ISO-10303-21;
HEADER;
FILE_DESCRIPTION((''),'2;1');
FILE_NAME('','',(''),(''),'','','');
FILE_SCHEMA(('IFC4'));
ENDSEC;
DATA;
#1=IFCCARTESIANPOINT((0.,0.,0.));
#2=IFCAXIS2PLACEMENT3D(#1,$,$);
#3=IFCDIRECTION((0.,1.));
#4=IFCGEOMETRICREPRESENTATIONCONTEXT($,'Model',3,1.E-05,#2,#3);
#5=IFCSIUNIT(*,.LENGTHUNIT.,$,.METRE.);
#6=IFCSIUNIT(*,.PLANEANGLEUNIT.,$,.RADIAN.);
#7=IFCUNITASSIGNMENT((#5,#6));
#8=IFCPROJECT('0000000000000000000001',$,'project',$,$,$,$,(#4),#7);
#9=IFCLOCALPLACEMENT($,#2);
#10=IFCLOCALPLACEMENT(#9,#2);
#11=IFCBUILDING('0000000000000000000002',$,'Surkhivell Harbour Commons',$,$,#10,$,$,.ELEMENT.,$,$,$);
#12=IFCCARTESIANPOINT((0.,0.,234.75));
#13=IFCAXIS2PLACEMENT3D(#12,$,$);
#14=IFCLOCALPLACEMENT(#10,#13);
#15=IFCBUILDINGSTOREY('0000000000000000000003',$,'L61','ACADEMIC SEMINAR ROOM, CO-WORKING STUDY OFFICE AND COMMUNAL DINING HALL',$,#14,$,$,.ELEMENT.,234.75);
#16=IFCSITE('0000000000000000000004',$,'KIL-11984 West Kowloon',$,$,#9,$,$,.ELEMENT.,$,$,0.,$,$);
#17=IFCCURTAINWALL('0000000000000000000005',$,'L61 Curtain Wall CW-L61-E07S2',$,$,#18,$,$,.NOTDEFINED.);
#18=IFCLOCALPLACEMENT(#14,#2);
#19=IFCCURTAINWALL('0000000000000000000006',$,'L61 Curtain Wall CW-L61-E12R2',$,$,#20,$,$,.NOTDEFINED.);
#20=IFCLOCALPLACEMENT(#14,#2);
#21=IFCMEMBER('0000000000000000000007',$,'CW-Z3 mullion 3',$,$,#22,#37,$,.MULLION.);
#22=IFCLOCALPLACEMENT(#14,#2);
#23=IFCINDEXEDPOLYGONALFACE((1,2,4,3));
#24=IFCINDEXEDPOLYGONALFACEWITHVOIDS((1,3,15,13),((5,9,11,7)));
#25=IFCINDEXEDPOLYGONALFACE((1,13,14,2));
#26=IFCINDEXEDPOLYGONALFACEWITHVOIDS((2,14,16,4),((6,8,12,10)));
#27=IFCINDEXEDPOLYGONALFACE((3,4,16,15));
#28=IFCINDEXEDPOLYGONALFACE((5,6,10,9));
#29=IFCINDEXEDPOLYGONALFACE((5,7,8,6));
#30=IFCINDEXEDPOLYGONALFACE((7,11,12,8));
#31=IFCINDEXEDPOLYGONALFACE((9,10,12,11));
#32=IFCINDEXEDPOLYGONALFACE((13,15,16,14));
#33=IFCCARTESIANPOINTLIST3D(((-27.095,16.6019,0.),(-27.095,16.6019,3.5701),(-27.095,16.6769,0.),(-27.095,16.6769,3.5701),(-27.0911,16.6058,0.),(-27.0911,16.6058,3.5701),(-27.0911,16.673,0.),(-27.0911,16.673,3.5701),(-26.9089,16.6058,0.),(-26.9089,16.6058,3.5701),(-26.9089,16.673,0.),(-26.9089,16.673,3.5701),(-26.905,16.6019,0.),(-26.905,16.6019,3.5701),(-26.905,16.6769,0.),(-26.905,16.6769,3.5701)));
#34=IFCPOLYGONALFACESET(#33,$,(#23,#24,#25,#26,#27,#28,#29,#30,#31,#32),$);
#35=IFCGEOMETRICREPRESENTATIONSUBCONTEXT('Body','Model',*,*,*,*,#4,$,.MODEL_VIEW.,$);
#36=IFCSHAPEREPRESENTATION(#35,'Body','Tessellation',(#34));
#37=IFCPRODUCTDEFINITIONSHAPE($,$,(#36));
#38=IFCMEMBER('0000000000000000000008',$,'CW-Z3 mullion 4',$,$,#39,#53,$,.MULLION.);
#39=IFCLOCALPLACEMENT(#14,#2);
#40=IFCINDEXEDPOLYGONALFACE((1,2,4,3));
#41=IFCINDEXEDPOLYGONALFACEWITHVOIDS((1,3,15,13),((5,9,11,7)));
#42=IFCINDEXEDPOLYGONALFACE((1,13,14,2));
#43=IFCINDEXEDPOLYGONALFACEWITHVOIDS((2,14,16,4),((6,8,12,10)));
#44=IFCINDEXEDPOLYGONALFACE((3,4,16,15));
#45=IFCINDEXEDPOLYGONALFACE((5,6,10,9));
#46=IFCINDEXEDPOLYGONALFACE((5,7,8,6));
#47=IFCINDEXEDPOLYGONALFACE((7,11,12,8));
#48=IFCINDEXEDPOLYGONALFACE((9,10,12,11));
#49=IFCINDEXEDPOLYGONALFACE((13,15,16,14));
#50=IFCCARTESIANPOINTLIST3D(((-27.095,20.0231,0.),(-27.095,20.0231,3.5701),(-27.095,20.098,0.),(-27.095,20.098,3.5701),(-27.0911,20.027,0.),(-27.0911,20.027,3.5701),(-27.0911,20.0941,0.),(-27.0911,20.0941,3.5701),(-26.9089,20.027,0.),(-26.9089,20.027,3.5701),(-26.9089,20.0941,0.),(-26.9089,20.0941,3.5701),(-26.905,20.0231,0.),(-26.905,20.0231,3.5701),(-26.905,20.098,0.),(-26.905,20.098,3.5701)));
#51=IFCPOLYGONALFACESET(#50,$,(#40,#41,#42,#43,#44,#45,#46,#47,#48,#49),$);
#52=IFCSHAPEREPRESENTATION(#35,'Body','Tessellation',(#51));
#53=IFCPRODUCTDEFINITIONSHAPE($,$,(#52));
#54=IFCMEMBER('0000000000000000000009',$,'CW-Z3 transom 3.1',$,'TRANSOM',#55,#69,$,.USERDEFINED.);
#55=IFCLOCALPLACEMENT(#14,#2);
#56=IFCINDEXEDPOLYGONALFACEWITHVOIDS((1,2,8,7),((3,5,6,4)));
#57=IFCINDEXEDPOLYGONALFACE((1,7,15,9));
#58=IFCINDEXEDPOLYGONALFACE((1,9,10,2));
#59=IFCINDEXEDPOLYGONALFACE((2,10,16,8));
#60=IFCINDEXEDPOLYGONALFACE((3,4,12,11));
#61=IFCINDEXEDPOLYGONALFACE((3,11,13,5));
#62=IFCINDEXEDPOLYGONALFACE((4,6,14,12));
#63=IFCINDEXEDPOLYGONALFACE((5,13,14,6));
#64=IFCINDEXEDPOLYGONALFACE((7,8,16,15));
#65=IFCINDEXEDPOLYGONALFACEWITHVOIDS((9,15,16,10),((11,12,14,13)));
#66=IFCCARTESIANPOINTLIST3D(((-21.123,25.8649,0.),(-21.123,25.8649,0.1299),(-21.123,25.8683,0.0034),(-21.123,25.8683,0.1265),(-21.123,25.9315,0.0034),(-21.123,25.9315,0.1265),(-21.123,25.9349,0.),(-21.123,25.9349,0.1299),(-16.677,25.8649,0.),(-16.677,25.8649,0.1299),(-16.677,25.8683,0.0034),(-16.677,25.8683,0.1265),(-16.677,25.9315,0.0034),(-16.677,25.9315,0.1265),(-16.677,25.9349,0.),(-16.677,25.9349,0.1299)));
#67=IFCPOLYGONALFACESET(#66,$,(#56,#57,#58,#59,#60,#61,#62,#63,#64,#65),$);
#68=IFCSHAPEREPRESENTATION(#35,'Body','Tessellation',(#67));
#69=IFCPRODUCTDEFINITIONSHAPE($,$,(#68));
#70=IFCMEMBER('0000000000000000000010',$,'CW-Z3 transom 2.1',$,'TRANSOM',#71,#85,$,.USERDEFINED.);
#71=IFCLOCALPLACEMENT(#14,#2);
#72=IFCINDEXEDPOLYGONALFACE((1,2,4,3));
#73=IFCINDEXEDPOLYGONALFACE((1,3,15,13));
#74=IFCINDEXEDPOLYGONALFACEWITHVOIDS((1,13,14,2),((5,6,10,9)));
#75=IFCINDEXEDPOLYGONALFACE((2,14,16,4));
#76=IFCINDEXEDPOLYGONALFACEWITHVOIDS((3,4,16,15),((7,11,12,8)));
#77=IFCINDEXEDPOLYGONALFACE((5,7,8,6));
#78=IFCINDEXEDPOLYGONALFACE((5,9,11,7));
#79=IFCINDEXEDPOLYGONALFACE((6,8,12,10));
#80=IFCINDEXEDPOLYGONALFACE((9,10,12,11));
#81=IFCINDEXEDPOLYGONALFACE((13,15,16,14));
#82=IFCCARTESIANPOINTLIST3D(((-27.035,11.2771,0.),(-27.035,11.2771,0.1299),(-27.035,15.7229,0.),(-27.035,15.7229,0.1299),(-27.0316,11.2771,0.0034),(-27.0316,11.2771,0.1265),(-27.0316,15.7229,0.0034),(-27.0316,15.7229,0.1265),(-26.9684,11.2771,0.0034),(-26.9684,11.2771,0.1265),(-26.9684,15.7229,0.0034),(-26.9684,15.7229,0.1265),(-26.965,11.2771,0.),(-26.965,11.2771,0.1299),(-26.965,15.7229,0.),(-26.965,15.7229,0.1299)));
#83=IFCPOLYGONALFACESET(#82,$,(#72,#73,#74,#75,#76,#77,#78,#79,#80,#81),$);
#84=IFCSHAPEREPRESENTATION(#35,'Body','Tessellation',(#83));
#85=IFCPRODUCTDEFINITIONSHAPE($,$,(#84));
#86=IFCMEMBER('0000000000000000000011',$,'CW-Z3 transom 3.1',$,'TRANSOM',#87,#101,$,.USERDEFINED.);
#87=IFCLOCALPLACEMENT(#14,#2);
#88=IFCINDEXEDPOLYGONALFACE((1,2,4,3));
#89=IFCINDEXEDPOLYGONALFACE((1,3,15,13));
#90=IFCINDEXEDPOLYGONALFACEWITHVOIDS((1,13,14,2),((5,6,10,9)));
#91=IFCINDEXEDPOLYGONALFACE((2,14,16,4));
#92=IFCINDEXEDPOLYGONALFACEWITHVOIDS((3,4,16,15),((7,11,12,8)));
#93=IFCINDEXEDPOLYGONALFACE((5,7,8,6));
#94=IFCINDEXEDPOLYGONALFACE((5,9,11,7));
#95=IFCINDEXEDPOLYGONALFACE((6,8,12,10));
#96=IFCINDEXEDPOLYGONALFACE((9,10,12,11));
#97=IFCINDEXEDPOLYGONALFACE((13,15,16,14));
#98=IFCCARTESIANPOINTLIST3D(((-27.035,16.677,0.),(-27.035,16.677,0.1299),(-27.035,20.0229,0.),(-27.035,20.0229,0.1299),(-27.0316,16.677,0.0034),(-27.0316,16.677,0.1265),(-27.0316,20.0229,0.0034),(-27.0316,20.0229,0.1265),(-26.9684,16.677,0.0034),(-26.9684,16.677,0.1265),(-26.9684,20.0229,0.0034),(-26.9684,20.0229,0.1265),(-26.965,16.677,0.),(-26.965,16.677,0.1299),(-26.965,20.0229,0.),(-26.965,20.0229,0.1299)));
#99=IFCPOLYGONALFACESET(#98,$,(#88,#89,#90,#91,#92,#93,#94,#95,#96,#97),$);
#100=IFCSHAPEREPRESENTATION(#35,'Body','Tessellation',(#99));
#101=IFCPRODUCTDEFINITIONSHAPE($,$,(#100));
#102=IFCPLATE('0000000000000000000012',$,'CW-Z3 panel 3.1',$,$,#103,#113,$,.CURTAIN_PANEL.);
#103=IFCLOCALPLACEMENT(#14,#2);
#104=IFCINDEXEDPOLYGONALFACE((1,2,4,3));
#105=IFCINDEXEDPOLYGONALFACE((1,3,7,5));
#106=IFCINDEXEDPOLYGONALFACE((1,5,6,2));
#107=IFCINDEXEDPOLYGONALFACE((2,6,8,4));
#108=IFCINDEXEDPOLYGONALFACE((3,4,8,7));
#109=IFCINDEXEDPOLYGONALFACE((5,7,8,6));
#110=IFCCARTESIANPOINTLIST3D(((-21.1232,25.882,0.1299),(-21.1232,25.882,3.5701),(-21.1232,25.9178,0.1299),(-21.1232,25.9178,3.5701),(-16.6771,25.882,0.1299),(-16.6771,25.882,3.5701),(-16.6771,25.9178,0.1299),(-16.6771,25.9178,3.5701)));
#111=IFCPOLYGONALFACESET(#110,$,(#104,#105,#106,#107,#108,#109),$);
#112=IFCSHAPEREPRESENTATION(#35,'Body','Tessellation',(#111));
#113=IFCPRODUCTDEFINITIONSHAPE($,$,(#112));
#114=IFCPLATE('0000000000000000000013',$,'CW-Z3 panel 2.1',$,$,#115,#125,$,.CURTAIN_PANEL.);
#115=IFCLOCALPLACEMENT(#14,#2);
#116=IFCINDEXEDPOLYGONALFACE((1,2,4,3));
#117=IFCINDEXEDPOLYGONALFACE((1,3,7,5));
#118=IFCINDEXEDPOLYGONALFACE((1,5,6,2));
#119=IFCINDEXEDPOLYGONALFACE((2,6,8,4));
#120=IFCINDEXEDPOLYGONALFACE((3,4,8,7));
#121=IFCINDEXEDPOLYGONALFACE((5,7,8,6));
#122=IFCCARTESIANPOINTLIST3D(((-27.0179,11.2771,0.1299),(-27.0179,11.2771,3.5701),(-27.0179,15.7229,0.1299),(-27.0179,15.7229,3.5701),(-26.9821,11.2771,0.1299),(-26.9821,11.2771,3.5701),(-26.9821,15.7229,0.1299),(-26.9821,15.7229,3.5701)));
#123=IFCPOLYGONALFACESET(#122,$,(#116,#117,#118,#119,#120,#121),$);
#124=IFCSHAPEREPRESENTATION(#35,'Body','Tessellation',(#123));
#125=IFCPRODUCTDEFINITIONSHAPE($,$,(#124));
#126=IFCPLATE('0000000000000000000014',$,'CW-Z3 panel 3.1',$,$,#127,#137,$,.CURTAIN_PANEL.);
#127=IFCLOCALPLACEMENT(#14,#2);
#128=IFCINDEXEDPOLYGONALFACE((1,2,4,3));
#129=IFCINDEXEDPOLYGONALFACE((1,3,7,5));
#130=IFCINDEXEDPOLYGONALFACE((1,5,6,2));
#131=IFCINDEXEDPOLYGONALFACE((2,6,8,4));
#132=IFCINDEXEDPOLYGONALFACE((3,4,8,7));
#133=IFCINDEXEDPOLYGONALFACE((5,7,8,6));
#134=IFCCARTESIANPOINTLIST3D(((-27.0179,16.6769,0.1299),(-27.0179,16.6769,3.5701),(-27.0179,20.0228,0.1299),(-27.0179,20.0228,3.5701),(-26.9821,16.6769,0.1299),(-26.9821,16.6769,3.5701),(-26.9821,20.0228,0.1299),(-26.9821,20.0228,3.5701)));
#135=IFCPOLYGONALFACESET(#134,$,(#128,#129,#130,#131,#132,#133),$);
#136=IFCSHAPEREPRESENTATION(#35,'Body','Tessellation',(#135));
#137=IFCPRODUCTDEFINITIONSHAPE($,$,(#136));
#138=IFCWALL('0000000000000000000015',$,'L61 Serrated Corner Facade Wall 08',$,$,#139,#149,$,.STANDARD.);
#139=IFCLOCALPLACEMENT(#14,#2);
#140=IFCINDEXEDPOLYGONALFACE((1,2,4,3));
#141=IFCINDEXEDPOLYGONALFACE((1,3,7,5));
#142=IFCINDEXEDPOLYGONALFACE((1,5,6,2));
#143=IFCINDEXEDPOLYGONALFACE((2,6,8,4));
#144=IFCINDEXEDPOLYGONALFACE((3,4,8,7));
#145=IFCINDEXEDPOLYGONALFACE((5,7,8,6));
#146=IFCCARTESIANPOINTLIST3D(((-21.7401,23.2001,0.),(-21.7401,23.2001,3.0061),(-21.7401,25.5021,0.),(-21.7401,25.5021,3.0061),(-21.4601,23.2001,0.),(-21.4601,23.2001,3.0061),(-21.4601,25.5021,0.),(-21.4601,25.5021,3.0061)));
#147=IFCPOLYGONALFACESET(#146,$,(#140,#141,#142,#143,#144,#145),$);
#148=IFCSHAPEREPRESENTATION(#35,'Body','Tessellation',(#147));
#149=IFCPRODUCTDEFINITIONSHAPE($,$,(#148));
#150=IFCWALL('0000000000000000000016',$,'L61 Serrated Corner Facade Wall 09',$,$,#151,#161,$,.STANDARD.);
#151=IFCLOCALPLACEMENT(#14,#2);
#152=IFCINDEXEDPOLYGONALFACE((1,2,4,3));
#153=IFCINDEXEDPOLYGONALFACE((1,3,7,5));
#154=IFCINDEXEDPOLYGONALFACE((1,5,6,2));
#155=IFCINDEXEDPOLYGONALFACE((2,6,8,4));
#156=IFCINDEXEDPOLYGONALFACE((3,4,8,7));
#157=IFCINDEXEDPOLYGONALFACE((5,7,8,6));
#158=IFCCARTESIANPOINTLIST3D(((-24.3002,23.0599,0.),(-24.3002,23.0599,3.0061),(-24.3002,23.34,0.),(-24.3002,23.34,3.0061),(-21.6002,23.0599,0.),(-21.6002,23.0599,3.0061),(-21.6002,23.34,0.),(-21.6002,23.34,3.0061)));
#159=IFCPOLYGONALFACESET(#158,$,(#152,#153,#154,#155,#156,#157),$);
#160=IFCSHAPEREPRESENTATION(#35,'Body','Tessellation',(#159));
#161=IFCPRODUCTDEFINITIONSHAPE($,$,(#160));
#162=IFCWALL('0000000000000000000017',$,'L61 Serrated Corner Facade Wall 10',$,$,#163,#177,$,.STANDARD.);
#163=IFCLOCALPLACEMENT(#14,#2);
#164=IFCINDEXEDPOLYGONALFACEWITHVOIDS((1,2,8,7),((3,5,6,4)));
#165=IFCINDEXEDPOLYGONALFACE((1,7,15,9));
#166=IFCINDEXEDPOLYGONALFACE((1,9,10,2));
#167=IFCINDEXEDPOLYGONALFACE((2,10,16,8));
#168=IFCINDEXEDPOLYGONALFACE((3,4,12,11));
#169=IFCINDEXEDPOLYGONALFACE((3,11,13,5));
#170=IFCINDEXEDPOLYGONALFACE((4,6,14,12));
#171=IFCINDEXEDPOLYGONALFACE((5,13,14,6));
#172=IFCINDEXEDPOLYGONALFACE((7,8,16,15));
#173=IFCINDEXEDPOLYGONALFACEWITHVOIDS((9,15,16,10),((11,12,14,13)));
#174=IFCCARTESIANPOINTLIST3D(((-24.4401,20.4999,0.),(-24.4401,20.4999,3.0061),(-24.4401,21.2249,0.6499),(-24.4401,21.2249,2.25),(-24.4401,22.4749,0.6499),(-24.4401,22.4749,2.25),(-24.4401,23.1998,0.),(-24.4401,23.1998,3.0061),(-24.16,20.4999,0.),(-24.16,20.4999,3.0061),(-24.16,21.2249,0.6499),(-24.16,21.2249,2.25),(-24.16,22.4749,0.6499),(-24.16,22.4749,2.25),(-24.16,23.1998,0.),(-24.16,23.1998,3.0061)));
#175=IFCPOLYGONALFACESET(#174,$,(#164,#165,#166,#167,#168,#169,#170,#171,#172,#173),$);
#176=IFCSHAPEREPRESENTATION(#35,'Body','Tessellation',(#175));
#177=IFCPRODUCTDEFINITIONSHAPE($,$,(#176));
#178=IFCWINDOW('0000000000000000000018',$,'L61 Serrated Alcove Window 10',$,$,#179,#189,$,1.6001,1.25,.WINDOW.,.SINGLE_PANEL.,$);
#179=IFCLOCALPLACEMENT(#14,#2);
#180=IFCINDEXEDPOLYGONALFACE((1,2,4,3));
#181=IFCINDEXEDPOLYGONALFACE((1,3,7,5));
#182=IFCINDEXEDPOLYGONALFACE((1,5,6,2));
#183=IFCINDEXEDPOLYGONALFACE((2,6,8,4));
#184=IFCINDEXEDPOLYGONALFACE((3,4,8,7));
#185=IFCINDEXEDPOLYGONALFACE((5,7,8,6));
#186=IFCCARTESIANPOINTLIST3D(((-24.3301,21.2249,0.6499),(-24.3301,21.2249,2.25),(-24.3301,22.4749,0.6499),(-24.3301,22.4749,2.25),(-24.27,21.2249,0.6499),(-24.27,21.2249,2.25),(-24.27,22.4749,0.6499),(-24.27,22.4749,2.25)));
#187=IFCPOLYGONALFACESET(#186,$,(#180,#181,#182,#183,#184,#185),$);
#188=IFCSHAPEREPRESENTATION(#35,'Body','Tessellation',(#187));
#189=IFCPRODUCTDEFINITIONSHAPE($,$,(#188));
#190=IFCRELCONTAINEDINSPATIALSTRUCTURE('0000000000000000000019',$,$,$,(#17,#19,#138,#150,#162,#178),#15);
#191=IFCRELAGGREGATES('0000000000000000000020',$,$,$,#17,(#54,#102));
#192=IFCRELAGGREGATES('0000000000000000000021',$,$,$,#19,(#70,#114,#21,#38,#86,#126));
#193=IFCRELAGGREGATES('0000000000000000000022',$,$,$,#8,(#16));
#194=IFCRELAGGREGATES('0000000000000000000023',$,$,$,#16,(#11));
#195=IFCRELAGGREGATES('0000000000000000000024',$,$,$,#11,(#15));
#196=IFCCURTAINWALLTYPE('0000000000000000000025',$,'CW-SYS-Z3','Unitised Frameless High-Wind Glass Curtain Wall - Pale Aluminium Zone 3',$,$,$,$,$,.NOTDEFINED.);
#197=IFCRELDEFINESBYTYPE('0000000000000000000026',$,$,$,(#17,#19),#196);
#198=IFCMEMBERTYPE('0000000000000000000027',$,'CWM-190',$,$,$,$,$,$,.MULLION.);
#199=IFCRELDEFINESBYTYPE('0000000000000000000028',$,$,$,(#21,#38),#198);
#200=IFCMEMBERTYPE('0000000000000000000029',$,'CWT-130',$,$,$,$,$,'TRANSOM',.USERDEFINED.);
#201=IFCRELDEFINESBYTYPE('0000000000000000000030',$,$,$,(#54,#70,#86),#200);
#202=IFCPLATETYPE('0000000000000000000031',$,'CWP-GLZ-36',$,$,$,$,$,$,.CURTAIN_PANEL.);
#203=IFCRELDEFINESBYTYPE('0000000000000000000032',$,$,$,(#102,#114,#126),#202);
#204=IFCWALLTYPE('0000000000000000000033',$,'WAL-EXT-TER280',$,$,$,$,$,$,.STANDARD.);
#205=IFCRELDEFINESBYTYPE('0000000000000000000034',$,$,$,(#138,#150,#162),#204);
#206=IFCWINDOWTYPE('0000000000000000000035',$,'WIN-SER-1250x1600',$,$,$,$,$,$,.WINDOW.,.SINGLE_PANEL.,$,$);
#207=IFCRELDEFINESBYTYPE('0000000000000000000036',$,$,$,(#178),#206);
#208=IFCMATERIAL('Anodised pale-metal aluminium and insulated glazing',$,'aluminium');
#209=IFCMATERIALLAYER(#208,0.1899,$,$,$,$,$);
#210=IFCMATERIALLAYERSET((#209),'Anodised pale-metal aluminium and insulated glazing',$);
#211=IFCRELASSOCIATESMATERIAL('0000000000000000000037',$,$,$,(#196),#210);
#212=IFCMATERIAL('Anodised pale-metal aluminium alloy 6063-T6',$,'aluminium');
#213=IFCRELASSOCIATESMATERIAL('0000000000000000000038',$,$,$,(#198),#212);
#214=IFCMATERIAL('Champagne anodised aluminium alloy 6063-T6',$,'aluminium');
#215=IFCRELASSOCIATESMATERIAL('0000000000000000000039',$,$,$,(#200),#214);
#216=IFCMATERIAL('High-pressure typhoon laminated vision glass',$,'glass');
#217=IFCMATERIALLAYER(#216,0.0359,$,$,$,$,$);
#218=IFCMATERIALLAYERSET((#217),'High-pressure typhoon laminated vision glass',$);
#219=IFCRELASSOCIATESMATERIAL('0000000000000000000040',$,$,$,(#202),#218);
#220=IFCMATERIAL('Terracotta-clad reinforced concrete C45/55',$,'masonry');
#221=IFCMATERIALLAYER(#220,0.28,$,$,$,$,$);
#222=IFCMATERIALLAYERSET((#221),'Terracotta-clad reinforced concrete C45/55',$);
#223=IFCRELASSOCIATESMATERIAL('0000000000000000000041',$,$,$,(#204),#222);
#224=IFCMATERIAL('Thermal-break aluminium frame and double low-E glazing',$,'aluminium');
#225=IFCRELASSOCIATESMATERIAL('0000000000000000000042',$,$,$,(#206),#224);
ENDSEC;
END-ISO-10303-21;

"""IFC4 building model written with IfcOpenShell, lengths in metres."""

from ifc_helpers import new_model, si_unit, direction, frame, frame_2d, origin, origin_2d, place, context, subcontext, project, spatial, rectangle, hollow_rectangle, extrude, material, layer, layer_set, material_profile, profile_set, type_object, element, fill, aggregate, save


model = new_model("IFC4")

# Units and contexts
model_context = context("Model", 3, precision=1e-05, world=origin(), true_north=direction((0.0, 1.0)))
body_context = subcontext(model_context, "Body", "Model", "MODEL_VIEW")
ifc_project = project(units=[si_unit("LENGTHUNIT", "METRE"), si_unit("PLANEANGLEUNIT", "RADIAN")], contexts=[model_context])

# Site, building, storey
site_placement = place(None, origin())
site = spatial("IfcSite", under=ifc_project, at=site_placement, Name="KIL-11984 West Kowloon", CompositionType="ELEMENT", RefElevation=0.0)
building_placement = place(site_placement, origin())
building = spatial("IfcBuilding", under=site, at=building_placement, Name="Surkhivell Harbour Commons", CompositionType="ELEMENT")
storey_placement = place(building_placement, frame((0.0, 0.0, 234.75)))
storey = spatial("IfcBuildingStorey", under=building, at=storey_placement, Name="L61", Description="ACADEMIC SEMINAR ROOM, CO-WORKING STUDY OFFICE AND COMMUNAL DINING HALL", CompositionType="ELEMENT", Elevation=234.75)

# Curtain walls, members
ifc_material_1 = material(Name="Anodised pale-metal aluminium and insulated glazing", Category="aluminium")
ifc_layer_1 = layer(ifc_material_1, 0.1899)
ifc_layer_set_1 = layer_set([ifc_layer_1], Name="Anodised pale-metal aluminium and insulated glazing")
curtain_wall_type = type_object("IfcCurtainWallType", Name="CW-SYS-Z3", Description="Unitised Frameless High-Wind Glass Curtain Wall - Pale Aluminium Zone 3", PredefinedType="NOTDEFINED", material=ifc_layer_set_1)
curtain_wall_1_placement = place(storey_placement, origin())
curtain_wall_1 = element("IfcCurtainWall", 1, at=curtain_wall_1_placement, inside=storey, type_object=curtain_wall_type, Name="L61 Curtain Wall CW-L61-E07S2", PredefinedType="NOTDEFINED")
ifc_material_2 = material(Name="Anodised pale-metal aluminium alloy 6063-T6", Category="aluminium")
ifc_material_profile_1 = material_profile(ifc_material_2, hollow_rectangle(XDim=0.075, YDim=0.1899, WallThickness=0.0039, at=origin_2d()), Name="ALU-MULL-75x190")
ifc_profile_set_1 = profile_set([ifc_material_profile_1], Name="Anodised pale-metal aluminium alloy 6063-T6")
member_type_1 = type_object("IfcMemberType", Name="CWM-190", PredefinedType="MULLION", material=ifc_profile_set_1)
curtain_wall_2_placement = place(storey_placement, origin())
curtain_wall_2 = element("IfcCurtainWall", 2, at=curtain_wall_2_placement, inside=storey, type_object=curtain_wall_type, Name="L61 Curtain Wall CW-L61-E12R2", PredefinedType="NOTDEFINED")
member_1_placement = place(storey_placement, frame((-27.0, 16.6394, 0.0), z_axis=(0.0, 0.0, 1.0), x_axis=(0.0, 1.0, 0.0)))
member_1 = element("IfcMember", 3, at=member_1_placement, type_object=member_type_1, Name="CW-Z3 mullion 3", PredefinedType="MULLION", context=body_context, shape_type="SweptSolid", body=[
    extrude(hollow_rectangle(XDim=0.075, YDim=0.1899, WallThickness=0.0039, at=origin_2d()), origin(), (0.0, 0.0, 1.0), 3.5701),
])
member_2_placement = place(storey_placement, frame((-27.0, 20.0605, 0.0), z_axis=(0.0, 0.0, 1.0), x_axis=(0.0, 1.0, 0.0)))
member_2 = element("IfcMember", 4, at=member_2_placement, type_object=member_type_1, Name="CW-Z3 mullion 4", PredefinedType="MULLION", context=body_context, shape_type="SweptSolid", body=[
    extrude(hollow_rectangle(XDim=0.075, YDim=0.1899, WallThickness=0.0039, at=origin_2d()), origin(), (0.0, 0.0, 1.0), 3.5701),
])

# Members
ifc_material_3 = material(Name="Champagne anodised aluminium alloy 6063-T6", Category="aluminium")
ifc_material_profile_2 = material_profile(ifc_material_3, hollow_rectangle(XDim=0.0701, YDim=0.1299, WallThickness=0.0034, at=origin_2d()), Name="ALU-TRAN-70x130")
ifc_profile_set_2 = profile_set([ifc_material_profile_2], Name="Champagne anodised aluminium alloy 6063-T6")
member_type_2 = type_object("IfcMemberType", Name="CWT-130", ElementType="TRANSOM", PredefinedType="USERDEFINED", material=ifc_profile_set_2)
member_3_placement = place(storey_placement, frame((-16.677, 25.8999, 0.0649), z_axis=(-1.0, 0.0, 0.0), x_axis=(0.0, -1.0, 0.0)))
member_3 = element("IfcMember", 5, at=member_3_placement, type_object=member_type_2, Name="CW-Z3 transom 3.1", ObjectType="TRANSOM", PredefinedType="USERDEFINED", context=body_context, shape_type="SweptSolid", body=[
    extrude(hollow_rectangle(XDim=0.0701, YDim=0.1299, WallThickness=0.0034, at=origin_2d()), origin(), (0.0, 0.0, 1.0), 4.446),
])
member_4_placement = place(storey_placement, frame((-27.0, 11.2771, 0.0649), z_axis=(0.0, 1.0, 0.0), x_axis=(-1.0, 0.0, 0.0)))
member_4 = element("IfcMember", 6, at=member_4_placement, type_object=member_type_2, Name="CW-Z3 transom 2.1", ObjectType="TRANSOM", PredefinedType="USERDEFINED", context=body_context, shape_type="SweptSolid", body=[
    extrude(hollow_rectangle(XDim=0.0701, YDim=0.1299, WallThickness=0.0034, at=origin_2d()), origin(), (0.0, 0.0, 1.0), 4.4458),
])
member_5_placement = place(storey_placement, frame((-27.0, 16.677, 0.0649), z_axis=(0.0, 1.0, 0.0), x_axis=(-1.0, 0.0, 0.0)))
member_5 = element("IfcMember", 7, at=member_5_placement, type_object=member_type_2, Name="CW-Z3 transom 3.1", ObjectType="TRANSOM", PredefinedType="USERDEFINED", context=body_context, shape_type="SweptSolid", body=[
    extrude(hollow_rectangle(XDim=0.0701, YDim=0.1299, WallThickness=0.0034, at=origin_2d()), origin(), (0.0, 0.0, 1.0), 3.3459),
])

# Plates
ifc_material_4 = material(Name="High-pressure typhoon laminated vision glass", Category="glass")
ifc_layer_2 = layer(ifc_material_4, 0.0359)
ifc_layer_set_2 = layer_set([ifc_layer_2], Name="High-pressure typhoon laminated vision glass")
plate_type = type_object("IfcPlateType", Name="CWP-GLZ-36", PredefinedType="CURTAIN_PANEL", material=ifc_layer_set_2)
plate_1_placement = place(storey_placement, frame((-16.677, 25.8999, 0.1299), z_axis=(0.0, 0.0, 1.0), x_axis=(-1.0, 0.0, 0.0)))
plate_1 = element("IfcPlate", 8, at=plate_1_placement, type_object=plate_type, Name="CW-Z3 panel 3.1", PredefinedType="CURTAIN_PANEL", context=body_context, shape_type="SweptSolid", body=[
    extrude(rectangle(XDim=4.446, YDim=0.0359, at=frame_2d((2.2231, 0.0))), origin(), (0.0, 0.0, 1.0), 3.4402),
])
aggregate(curtain_wall_1, [member_3, plate_1])
plate_2_placement = place(storey_placement, frame((-27.0, 11.2771, 0.1299), z_axis=(0.0, 0.0, 1.0), x_axis=(0.0, 1.0, 0.0)))
plate_2 = element("IfcPlate", 9, at=plate_2_placement, type_object=plate_type, Name="CW-Z3 panel 2.1", PredefinedType="CURTAIN_PANEL", context=body_context, shape_type="SweptSolid", body=[
    extrude(rectangle(XDim=4.4458, YDim=0.0359, at=frame_2d((2.2229, 0.0))), origin(), (0.0, 0.0, 1.0), 3.4402),
])
plate_3_placement = place(storey_placement, frame((-27.0, 16.677, 0.1299), z_axis=(0.0, 0.0, 1.0), x_axis=(0.0, 1.0, 0.0)))
plate_3 = element("IfcPlate", 10, at=plate_3_placement, type_object=plate_type, Name="CW-Z3 panel 3.1", PredefinedType="CURTAIN_PANEL", context=body_context, shape_type="SweptSolid", body=[
    extrude(rectangle(XDim=3.3459, YDim=0.0359, at=frame_2d((1.6729, 0.0))), origin(), (0.0, 0.0, 1.0), 3.4402),
])
aggregate(curtain_wall_2, [member_4, plate_2, member_1, member_2, member_5, plate_3])

# Walls
ifc_material_5 = material(Name="Terracotta-clad reinforced concrete C45/55", Category="masonry")
ifc_layer_3 = layer(ifc_material_5, 0.28)
ifc_layer_set_3 = layer_set([ifc_layer_3], Name="Terracotta-clad reinforced concrete C45/55")
wall_type = type_object("IfcWallType", Name="WAL-EXT-TER280", PredefinedType="STANDARD", material=ifc_layer_set_3)
wall_1_placement = place(storey_placement, frame((-21.6001, 25.502, 0.0), z_axis=(0.0, 0.0, 1.0), x_axis=(0.0, -1.0, 0.0)))
element("IfcWall", 11, at=wall_1_placement, inside=storey, type_object=wall_type, Name="L61 Serrated Corner Facade Wall 08", PredefinedType="STANDARD", context=body_context, shape_type="SweptSolid", body=[
    extrude(rectangle(XDim=2.302, YDim=0.28, at=frame_2d((1.1509, 0.0))), origin(), (0.0, 0.0, 1.0), 3.0061),
])
wall_2_placement = place(storey_placement, frame((-21.6001, 23.2, 0.0), z_axis=(0.0, 0.0, 1.0), x_axis=(-1.0, 0.0, 0.0)))
element("IfcWall", 12, at=wall_2_placement, inside=storey, type_object=wall_type, Name="L61 Serrated Corner Facade Wall 09", PredefinedType="STANDARD", context=body_context, shape_type="SweptSolid", body=[
    extrude(rectangle(XDim=2.7, YDim=0.28, at=frame_2d((1.3501, 0.0))), origin(), (0.0, 0.0, 1.0), 3.0061),
])

# Wall, opening, window
wall_3_placement = place(storey_placement, frame((-24.3, 23.2, 0.0), z_axis=(0.0, 0.0, 1.0), x_axis=(0.0, -1.0, 0.0)))
wall_3 = element("IfcWall", 13, at=wall_3_placement, inside=storey, type_object=wall_type, Name="L61 Serrated Corner Facade Wall 10", PredefinedType="STANDARD", context=body_context, shape_type="SweptSolid", body=[
    extrude(rectangle(XDim=2.7, YDim=0.28, at=frame_2d((1.3501, 0.0))), origin(), (0.0, 0.0, 1.0), 3.0061),
])
opening_placement = place(wall_3_placement, frame((0.7251, 0.0, 0.6499)))
opening = element("IfcOpeningElement", 14, at=opening_placement, cuts=wall_3, PredefinedType="OPENING", context=body_context, shape_type="SweptSolid", body=[
    extrude(rectangle(XDim=1.25, YDim=1.6001, at=frame_2d((0.625, 0.8))), frame((0.0, 0.1499, 0.0), z_axis=(0.0, -1.0, 0.0), x_axis=(1.0, 0.0, 0.0)), (0.0, 0.0, 1.0), 0.3),
])
ifc_material_6 = material(Name="Thermal-break aluminium frame and double low-E glazing", Category="aluminium")
window_type = type_object("IfcWindowType", Name="WIN-SER-1250x1600", PartitioningType="SINGLE_PANEL", PredefinedType="WINDOW", material=ifc_material_6)
window_placement = place(opening_placement, origin())
window = element("IfcWindow", 15, at=window_placement, inside=storey, type_object=window_type, Name="L61 Serrated Alcove Window 10", OverallHeight=1.6001, OverallWidth=1.25, PartitioningType="SINGLE_PANEL", PredefinedType="WINDOW", context=body_context, shape_type="SweptSolid", body=[
    extrude(rectangle(XDim=1.25, YDim=1.6001, at=frame_2d((0.625, 0.8))), frame((0.0, 0.03, 0.0), z_axis=(0.0, -1.0, 0.0), x_axis=(1.0, 0.0, 0.0)), (0.0, 0.0, 1.0), 0.0601),
])
fill(opening, window)

save(model, "model.ifc")
